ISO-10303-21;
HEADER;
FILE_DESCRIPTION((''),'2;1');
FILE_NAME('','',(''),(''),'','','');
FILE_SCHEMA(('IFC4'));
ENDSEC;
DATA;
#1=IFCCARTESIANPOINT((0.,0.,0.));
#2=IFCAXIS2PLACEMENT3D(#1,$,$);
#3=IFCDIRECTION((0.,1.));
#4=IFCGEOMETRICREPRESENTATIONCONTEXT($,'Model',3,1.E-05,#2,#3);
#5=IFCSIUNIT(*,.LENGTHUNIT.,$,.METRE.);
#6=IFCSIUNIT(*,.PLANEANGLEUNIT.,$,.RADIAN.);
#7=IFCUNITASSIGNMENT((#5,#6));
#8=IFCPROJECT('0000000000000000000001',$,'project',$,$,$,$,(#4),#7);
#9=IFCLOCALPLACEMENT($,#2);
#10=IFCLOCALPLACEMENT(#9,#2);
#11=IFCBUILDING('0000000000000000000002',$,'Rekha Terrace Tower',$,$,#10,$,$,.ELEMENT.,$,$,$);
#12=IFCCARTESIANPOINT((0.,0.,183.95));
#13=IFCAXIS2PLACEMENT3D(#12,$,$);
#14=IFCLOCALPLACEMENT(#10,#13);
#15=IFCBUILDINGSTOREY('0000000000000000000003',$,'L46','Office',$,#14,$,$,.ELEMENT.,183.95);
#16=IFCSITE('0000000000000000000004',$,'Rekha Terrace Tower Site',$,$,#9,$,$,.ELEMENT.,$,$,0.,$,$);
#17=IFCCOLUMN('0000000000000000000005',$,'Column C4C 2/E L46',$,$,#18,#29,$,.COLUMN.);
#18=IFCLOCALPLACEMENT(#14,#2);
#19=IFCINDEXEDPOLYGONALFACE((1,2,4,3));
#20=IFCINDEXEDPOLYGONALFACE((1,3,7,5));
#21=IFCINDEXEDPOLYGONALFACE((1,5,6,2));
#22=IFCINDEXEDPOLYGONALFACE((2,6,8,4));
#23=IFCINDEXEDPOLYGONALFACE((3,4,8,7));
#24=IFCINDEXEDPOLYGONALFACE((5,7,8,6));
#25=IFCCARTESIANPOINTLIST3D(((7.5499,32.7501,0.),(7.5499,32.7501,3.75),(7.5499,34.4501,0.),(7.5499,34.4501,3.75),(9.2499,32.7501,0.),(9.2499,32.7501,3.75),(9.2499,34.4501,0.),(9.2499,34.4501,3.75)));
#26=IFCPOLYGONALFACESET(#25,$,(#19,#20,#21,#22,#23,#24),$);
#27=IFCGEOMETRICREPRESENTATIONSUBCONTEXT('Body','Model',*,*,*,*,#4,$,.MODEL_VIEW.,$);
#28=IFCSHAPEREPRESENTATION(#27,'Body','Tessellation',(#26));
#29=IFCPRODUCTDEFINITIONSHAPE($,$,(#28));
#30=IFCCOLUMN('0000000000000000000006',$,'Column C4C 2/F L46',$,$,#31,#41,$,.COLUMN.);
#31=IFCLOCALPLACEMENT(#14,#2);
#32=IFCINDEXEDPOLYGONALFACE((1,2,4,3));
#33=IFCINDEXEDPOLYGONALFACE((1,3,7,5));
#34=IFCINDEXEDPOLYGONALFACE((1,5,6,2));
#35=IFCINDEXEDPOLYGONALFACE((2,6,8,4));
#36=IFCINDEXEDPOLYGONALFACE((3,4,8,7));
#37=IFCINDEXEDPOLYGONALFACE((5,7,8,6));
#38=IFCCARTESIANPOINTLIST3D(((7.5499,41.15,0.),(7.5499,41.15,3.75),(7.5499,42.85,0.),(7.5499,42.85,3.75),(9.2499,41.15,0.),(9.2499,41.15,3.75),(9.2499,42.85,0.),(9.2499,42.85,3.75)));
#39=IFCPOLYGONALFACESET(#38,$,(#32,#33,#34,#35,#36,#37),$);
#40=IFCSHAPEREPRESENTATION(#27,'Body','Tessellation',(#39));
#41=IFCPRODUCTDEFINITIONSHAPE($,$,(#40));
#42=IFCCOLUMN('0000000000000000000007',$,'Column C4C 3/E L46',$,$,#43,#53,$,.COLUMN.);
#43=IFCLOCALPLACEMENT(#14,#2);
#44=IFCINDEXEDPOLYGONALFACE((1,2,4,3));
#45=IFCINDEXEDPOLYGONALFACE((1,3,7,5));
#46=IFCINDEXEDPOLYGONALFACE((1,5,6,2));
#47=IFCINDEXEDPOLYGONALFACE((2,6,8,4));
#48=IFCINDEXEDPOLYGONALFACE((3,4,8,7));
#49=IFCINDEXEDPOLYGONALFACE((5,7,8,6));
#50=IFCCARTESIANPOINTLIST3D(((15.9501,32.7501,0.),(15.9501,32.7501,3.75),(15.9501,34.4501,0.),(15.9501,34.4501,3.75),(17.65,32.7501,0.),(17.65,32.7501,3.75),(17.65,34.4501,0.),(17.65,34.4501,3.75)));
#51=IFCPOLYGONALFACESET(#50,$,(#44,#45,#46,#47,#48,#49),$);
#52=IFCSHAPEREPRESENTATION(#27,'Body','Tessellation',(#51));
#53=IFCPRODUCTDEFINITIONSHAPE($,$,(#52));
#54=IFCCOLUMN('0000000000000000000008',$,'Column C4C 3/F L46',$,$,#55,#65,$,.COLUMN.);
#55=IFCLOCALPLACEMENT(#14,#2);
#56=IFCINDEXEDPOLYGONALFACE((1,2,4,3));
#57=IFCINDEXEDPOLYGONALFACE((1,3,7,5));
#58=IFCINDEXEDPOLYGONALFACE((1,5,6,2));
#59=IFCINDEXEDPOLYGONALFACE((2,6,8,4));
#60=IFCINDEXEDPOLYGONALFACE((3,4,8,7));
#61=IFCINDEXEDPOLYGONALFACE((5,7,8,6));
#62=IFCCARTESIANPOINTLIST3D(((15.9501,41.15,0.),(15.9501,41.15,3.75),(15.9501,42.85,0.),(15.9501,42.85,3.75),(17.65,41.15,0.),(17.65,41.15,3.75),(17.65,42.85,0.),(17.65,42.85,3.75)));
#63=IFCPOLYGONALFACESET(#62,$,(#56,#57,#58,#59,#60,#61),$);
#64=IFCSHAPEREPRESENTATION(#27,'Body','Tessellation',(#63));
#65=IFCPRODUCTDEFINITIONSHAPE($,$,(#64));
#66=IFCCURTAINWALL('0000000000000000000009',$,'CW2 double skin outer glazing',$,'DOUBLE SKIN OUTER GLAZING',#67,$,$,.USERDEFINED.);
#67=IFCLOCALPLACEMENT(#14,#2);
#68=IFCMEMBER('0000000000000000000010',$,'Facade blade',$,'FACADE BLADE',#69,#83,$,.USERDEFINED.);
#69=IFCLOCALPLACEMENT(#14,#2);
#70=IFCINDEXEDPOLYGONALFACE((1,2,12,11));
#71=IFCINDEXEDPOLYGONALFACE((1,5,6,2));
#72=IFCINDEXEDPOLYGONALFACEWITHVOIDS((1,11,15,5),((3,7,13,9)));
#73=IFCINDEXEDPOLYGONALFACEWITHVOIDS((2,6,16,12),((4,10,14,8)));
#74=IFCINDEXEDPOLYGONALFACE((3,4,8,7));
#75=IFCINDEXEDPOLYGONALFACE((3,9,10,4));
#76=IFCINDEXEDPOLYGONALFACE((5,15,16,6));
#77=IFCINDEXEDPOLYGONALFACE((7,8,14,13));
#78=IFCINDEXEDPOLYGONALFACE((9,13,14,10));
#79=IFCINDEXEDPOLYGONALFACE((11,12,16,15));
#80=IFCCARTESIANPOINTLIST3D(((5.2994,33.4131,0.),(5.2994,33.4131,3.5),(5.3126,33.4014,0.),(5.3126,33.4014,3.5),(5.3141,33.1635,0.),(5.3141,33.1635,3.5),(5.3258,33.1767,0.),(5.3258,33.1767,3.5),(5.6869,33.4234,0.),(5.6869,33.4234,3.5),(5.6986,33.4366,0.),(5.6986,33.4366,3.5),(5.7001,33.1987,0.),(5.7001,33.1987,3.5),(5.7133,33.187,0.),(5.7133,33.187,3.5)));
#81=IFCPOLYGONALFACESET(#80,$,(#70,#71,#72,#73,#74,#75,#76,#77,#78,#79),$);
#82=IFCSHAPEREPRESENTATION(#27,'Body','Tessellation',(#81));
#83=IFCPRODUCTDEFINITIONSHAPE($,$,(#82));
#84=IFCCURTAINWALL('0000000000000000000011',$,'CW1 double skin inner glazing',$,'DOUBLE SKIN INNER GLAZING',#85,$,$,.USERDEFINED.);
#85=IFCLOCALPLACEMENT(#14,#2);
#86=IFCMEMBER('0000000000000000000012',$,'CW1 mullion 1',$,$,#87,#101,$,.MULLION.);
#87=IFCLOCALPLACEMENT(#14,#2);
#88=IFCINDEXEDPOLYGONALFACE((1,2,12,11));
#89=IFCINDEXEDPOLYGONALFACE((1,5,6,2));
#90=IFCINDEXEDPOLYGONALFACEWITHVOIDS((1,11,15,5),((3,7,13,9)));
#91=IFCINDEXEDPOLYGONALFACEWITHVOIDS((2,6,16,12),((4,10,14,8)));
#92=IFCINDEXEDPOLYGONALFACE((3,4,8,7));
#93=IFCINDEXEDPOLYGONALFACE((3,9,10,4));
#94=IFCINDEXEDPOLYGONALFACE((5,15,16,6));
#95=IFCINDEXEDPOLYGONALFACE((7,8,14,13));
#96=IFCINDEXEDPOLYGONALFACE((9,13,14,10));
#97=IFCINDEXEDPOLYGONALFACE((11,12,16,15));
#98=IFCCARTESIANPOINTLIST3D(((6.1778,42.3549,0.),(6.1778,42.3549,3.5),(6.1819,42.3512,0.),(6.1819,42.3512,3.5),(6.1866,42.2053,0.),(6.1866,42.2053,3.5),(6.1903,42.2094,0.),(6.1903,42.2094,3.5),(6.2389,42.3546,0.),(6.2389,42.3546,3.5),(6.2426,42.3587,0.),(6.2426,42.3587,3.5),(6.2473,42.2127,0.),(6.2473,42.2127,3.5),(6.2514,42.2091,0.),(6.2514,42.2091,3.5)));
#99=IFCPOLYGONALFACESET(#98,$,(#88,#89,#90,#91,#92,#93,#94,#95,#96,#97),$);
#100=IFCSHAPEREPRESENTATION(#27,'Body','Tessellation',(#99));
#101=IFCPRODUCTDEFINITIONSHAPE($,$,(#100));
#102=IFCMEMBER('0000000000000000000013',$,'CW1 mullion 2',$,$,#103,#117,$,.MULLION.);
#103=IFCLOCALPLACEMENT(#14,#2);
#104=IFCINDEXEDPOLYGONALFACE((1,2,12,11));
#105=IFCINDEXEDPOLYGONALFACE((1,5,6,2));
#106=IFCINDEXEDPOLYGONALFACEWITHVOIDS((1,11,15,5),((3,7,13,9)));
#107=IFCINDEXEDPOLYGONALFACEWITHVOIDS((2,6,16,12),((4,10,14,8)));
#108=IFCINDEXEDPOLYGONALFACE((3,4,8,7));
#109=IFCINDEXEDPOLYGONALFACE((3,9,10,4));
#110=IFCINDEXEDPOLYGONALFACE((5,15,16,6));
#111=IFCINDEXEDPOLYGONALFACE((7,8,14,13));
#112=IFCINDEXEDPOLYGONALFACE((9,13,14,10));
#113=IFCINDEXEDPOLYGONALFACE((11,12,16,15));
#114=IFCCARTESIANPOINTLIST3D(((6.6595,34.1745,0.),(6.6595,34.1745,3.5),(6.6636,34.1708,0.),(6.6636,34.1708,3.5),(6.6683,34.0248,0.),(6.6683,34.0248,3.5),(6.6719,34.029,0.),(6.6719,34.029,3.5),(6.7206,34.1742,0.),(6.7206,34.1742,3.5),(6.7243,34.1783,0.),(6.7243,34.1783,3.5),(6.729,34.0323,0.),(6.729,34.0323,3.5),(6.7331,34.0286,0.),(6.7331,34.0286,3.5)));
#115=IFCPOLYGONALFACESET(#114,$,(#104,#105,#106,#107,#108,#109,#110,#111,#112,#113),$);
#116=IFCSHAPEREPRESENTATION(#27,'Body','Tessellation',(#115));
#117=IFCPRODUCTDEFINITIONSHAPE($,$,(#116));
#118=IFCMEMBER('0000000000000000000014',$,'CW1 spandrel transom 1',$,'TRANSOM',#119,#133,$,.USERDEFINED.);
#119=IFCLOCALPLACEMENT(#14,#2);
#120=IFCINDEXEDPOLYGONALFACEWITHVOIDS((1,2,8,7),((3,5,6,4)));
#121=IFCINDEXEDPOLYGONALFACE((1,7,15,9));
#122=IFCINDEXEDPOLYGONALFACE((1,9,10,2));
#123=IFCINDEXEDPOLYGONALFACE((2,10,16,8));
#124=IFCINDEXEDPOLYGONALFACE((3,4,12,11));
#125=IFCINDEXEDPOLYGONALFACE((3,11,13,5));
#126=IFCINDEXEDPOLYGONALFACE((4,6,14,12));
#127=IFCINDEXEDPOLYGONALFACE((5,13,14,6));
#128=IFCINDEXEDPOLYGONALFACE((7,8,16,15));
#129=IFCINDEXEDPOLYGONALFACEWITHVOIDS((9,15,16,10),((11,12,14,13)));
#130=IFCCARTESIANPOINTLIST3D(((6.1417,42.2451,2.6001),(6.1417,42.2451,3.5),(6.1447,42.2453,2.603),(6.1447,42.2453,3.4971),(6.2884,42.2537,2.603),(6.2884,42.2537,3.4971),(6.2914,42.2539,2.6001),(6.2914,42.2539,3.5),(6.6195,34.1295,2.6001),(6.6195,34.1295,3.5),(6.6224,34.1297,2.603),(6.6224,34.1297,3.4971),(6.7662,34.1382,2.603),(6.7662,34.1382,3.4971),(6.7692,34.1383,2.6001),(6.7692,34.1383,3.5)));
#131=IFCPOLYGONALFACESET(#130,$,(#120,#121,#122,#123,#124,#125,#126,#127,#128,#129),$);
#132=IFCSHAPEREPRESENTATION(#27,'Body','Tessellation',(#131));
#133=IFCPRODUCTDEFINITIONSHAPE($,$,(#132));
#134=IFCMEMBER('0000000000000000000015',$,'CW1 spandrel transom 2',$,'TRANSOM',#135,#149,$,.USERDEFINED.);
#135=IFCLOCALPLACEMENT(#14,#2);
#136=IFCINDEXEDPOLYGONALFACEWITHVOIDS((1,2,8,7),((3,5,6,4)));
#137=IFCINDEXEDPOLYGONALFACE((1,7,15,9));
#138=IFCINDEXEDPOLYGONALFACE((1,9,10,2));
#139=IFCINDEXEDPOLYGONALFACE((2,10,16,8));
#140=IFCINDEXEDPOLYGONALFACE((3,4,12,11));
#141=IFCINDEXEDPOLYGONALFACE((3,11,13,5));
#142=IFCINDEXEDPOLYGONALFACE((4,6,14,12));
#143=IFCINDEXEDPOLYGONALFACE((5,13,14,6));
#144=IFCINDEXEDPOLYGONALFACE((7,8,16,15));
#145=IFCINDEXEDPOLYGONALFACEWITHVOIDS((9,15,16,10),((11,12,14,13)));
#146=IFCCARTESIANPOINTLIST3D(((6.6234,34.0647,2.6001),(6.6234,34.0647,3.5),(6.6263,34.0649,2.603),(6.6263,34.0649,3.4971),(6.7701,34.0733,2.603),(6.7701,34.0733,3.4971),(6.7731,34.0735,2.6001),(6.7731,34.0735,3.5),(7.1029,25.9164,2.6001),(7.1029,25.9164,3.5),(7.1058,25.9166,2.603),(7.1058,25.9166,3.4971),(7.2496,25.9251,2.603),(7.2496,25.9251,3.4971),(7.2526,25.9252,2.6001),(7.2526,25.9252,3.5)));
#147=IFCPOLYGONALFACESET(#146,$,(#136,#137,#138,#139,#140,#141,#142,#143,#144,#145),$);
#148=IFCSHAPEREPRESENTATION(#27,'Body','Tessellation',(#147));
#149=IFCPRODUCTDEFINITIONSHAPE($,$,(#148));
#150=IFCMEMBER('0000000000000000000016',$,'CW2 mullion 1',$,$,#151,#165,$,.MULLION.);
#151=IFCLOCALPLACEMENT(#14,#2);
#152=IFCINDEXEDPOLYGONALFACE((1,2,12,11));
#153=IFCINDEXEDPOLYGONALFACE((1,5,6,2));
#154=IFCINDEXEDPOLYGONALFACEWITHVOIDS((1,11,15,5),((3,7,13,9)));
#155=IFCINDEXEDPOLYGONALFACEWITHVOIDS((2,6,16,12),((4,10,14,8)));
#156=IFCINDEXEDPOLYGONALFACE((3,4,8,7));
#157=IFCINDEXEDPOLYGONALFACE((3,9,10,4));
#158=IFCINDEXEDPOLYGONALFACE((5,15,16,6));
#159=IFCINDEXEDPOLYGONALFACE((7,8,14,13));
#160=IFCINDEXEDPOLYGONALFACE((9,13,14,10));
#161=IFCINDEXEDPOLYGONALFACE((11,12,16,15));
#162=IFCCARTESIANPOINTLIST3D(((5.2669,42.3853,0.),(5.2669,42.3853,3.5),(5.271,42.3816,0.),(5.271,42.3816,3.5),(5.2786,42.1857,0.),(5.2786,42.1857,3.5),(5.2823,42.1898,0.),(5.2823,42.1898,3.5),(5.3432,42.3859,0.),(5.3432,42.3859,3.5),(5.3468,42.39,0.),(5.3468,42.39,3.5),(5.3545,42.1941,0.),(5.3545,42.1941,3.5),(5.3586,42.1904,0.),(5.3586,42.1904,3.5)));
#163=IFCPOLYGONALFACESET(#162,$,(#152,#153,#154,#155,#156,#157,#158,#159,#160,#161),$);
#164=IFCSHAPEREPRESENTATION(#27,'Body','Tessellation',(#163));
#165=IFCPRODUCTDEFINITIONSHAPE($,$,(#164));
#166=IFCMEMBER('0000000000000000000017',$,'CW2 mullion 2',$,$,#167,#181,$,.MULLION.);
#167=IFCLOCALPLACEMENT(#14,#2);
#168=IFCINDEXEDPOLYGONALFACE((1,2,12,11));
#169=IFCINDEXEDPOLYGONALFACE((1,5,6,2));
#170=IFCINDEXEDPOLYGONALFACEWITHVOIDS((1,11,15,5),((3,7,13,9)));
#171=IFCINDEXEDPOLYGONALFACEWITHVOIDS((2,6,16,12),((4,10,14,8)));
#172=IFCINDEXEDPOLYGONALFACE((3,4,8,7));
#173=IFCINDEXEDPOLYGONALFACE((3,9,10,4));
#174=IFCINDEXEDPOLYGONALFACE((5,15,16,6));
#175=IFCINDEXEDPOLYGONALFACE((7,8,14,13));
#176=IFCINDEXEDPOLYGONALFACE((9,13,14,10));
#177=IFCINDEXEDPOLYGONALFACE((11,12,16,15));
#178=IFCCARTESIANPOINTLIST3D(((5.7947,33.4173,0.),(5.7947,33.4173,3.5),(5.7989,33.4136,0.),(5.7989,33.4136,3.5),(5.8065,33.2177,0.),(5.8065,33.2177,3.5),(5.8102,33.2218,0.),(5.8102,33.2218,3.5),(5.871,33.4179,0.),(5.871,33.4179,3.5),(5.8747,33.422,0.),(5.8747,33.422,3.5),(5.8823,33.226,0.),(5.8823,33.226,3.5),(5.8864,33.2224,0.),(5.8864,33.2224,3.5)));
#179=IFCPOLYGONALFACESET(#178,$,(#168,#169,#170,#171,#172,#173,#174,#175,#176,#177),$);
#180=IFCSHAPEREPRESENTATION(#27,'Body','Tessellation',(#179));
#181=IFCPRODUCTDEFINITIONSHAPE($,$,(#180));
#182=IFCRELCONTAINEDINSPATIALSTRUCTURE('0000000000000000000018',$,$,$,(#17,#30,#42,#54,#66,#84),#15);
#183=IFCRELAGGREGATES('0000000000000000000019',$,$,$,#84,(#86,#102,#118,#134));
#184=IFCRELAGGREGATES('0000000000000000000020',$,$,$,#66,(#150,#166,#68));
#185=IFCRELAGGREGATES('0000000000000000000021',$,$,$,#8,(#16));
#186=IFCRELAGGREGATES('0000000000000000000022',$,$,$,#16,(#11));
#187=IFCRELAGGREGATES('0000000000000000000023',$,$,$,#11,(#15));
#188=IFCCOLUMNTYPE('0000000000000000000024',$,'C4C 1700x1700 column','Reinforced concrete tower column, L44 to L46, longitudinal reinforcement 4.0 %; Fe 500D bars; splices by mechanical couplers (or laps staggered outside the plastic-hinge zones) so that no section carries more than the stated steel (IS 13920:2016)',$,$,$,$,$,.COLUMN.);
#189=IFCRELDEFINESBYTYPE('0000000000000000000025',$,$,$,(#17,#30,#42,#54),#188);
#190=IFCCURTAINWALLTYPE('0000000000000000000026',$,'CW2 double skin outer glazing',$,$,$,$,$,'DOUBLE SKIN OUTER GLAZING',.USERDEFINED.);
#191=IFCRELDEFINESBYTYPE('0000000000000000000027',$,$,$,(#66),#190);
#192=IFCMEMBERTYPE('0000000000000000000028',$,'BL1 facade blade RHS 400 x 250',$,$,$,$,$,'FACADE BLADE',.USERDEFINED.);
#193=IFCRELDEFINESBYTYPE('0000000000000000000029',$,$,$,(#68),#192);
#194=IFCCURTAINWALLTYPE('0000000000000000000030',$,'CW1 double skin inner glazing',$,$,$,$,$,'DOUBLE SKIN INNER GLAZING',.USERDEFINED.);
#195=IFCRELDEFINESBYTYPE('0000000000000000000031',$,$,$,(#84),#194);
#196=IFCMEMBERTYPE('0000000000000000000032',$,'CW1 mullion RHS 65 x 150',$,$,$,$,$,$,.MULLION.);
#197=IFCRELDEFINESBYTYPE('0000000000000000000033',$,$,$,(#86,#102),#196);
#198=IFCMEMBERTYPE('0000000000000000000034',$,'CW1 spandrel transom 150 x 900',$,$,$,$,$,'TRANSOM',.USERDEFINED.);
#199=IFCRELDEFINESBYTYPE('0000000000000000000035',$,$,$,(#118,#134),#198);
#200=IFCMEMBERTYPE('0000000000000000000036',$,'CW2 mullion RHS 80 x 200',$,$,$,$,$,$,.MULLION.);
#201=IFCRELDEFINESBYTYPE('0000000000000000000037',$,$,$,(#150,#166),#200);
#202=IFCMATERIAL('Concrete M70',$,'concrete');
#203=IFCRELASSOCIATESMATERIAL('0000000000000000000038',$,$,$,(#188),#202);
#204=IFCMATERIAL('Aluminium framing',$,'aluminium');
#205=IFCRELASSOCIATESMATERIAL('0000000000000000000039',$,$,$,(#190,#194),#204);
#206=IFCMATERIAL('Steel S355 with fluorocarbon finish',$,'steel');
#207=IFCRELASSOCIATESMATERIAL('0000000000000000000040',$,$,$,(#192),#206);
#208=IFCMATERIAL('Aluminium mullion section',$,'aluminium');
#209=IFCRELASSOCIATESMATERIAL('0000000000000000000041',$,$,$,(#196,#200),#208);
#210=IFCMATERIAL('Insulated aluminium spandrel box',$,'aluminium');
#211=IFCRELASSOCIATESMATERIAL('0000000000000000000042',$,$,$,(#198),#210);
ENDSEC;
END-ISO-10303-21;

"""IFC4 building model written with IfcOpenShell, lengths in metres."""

from ifc_helpers import new_model, si_unit, direction, frame, origin, origin_2d, place, context, subcontext, project, spatial, rectangle, hollow_rectangle, extrude, material, material_profile, profile_set, type_object, element, aggregate, save


model = new_model("IFC4")

# Units and contexts
model_context = context("Model", 3, precision=1e-05, world=origin(), true_north=direction((0.0, 1.0)))
body_context = subcontext(model_context, "Body", "Model", "MODEL_VIEW")
ifc_project = project(units=[si_unit("LENGTHUNIT", "METRE"), si_unit("PLANEANGLEUNIT", "RADIAN")], contexts=[model_context])

# Site, building, storey
site_placement = place(None, origin())
site = spatial("IfcSite", under=ifc_project, at=site_placement, Name="Rekha Terrace Tower Site", CompositionType="ELEMENT", RefElevation=0.0)
building_placement = place(site_placement, origin())
building = spatial("IfcBuilding", under=site, at=building_placement, Name="Rekha Terrace Tower", CompositionType="ELEMENT")
storey_placement = place(building_placement, frame((0.0, 0.0, 183.95)))
storey = spatial("IfcBuildingStorey", under=building, at=storey_placement, Name="L46", Description="Office", CompositionType="ELEMENT", Elevation=183.95)

# Columns
ifc_material_1 = material(Name="Concrete M70", Category="concrete")
ifc_material_profile_1 = material_profile(ifc_material_1, rectangle(XDim=1.7, YDim=1.7, at=origin_2d()), Name="RC 1700x1700")
ifc_profile_set_1 = profile_set([ifc_material_profile_1], Name="Concrete M70")
column_type = type_object("IfcColumnType", Name="C4C 1700x1700 column", Description="Reinforced concrete tower column, L44 to L46, longitudinal reinforcement 4.0 %; Fe 500D bars; splices by mechanical couplers (or laps staggered outside the plastic-hinge zones) so that no section carries more than the stated steel (IS 13920:2016)", PredefinedType="COLUMN", material=ifc_profile_set_1)
for number, where, z_axis, x_axis, name in (
    (1, (8.3999, 33.6001, 0.0), (0.0, 0.0, 1.0), (1.0, 0.0, 0.0), "Column C4C 2/E L46"),
    (2, (8.3999, 42.0, 0.0), (0.0, 0.0, 1.0), (1.0, 0.0, 0.0), "Column C4C 2/F L46"),
    (3, (16.8, 33.6001, 0.0), (0.0, 0.0, 1.0), (1.0, 0.0, 0.0), "Column C4C 3/E L46"),
    (4, (16.8, 42.0, 0.0), (0.0, 0.0, 1.0), (1.0, 0.0, 0.0), "Column C4C 3/F L46"),
):
    element("IfcColumn", number, at=place(storey_placement, frame(where, z_axis=z_axis, x_axis=x_axis)), inside=storey, type_object=column_type, Name=name, PredefinedType="COLUMN", context=body_context, shape_type="SweptSolid", body=[
        extrude(rectangle(XDim=1.7, YDim=1.7, at=origin_2d()), origin(), (0.0, 0.0, 1.0), 3.75),
    ])

# Curtain wall, member
ifc_material_2 = material(Name="Aluminium framing", Category="aluminium")
curtain_wall_type_1 = type_object("IfcCurtainWallType", Name="CW2 double skin outer glazing", ElementType="DOUBLE SKIN OUTER GLAZING", PredefinedType="USERDEFINED", material=ifc_material_2)
curtain_wall_1_placement = place(storey_placement, origin())
curtain_wall_1 = element("IfcCurtainWall", 5, at=curtain_wall_1_placement, inside=storey, type_object=curtain_wall_type_1, Name="CW2 double skin outer glazing", ObjectType="DOUBLE SKIN OUTER GLAZING", PredefinedType="USERDEFINED")
ifc_material_3 = material(Name="Steel S355 with fluorocarbon finish", Category="steel")
ifc_material_profile_2 = material_profile(ifc_material_3, hollow_rectangle(XDim=0.25, YDim=0.3999, WallThickness=0.0125, at=origin_2d()), Name="RHS400x250x12.5")
ifc_profile_set_2 = profile_set([ifc_material_profile_2], Name="Steel S355 with fluorocarbon finish")
member_type_1 = type_object("IfcMemberType", Name="BL1 facade blade RHS 400 x 250", ElementType="FACADE BLADE", PredefinedType="USERDEFINED", material=ifc_profile_set_2)
member_1_placement = place(storey_placement, frame((5.5063, 33.3, 0.0), z_axis=(0.0, 0.0, 1.0), x_axis=(0.058765, -0.998272, 0.0)))
member_1 = element("IfcMember", 6, at=member_1_placement, type_object=member_type_1, Name="Facade blade", ObjectType="FACADE BLADE", PredefinedType="USERDEFINED", context=body_context, shape_type="SweptSolid", body=[
    extrude(hollow_rectangle(XDim=0.25, YDim=0.3999, WallThickness=0.0125, at=origin_2d()), origin(), (0.0, 0.0, 1.0), 3.5),
])

# Curtain wall, members
curtain_wall_type_2 = type_object("IfcCurtainWallType", Name="CW1 double skin inner glazing", ElementType="DOUBLE SKIN INNER GLAZING", PredefinedType="USERDEFINED", material=ifc_material_2)
curtain_wall_2_placement = place(storey_placement, origin())
curtain_wall_2 = element("IfcCurtainWall", 7, at=curtain_wall_2_placement, inside=storey, type_object=curtain_wall_type_2, Name="CW1 double skin inner glazing", ObjectType="DOUBLE SKIN INNER GLAZING", PredefinedType="USERDEFINED")
ifc_material_4 = material(Name="Aluminium mullion section", Category="aluminium")
ifc_material_profile_3 = material_profile(ifc_material_4, hollow_rectangle(XDim=0.0649, YDim=0.1499, WallThickness=0.0039, at=origin_2d()), Name="AL RHS 65x150")
ifc_profile_set_3 = profile_set([ifc_material_profile_3], Name="Aluminium mullion section")
member_type_2 = type_object("IfcMemberType", Name="CW1 mullion RHS 65 x 150", PredefinedType="MULLION", material=ifc_profile_set_3)
member_2_placement = place(storey_placement, frame((6.2146, 42.282, 0.0), z_axis=(0.0, 0.0, 1.0), x_axis=(0.998272, 0.058765, 0.0)))
member_2 = element("IfcMember", 8, at=member_2_placement, type_object=member_type_2, Name="CW1 mullion 1", PredefinedType="MULLION", context=body_context, shape_type="SweptSolid", body=[
    extrude(hollow_rectangle(XDim=0.0649, YDim=0.1499, WallThickness=0.0039, at=origin_2d()), origin(), (0.0, 0.0, 1.0), 3.5),
])
member_3_placement = place(storey_placement, frame((6.6963, 34.1016, 0.0), z_axis=(0.0, 0.0, 1.0), x_axis=(0.998272, 0.058765, 0.0)))
member_3 = element("IfcMember", 9, at=member_3_placement, type_object=member_type_2, Name="CW1 mullion 2", PredefinedType="MULLION", context=body_context, shape_type="SweptSolid", body=[
    extrude(hollow_rectangle(XDim=0.0649, YDim=0.1499, WallThickness=0.0039, at=origin_2d()), origin(), (0.0, 0.0, 1.0), 3.5),
])
ifc_material_5 = material(Name="Insulated aluminium spandrel box", Category="aluminium")
ifc_material_profile_4 = material_profile(ifc_material_5, hollow_rectangle(XDim=0.1499, YDim=0.8999, WallThickness=0.0029, at=origin_2d()), Name="AL SPANDREL BOX 150x900")
ifc_profile_set_4 = profile_set([ifc_material_profile_4], Name="Insulated aluminium spandrel box")
member_type_3 = type_object("IfcMemberType", Name="CW1 spandrel transom 150 x 900", ElementType="TRANSOM", PredefinedType="USERDEFINED", material=ifc_profile_set_4)
member_4_placement = place(storey_placement, frame((6.2166, 42.2495, 3.05), z_axis=(0.058771, -0.998271, 0.0), x_axis=(0.998271, 0.058771, 0.0)))
member_4 = element("IfcMember", 10, at=member_4_placement, type_object=member_type_3, Name="CW1 spandrel transom 1", ObjectType="TRANSOM", PredefinedType="USERDEFINED", context=body_context, shape_type="SweptSolid", body=[
    extrude(hollow_rectangle(XDim=0.1499, YDim=0.8999, WallThickness=0.0029, at=origin_2d()), origin(), (0.0, 0.0, 1.0), 8.1296),
])
member_5_placement = place(storey_placement, frame((6.6982, 34.0691, 3.05), z_axis=(0.058745, -0.998273, 0.0), x_axis=(0.998273, 0.058745, 0.0)))
member_5 = element("IfcMember", 11, at=member_5_placement, type_object=member_type_3, Name="CW1 spandrel transom 2", ObjectType="TRANSOM", PredefinedType="USERDEFINED", context=body_context, shape_type="SweptSolid", body=[
    extrude(hollow_rectangle(XDim=0.1499, YDim=0.8999, WallThickness=0.0029, at=origin_2d()), origin(), (0.0, 0.0, 1.0), 8.1624),
])

# Members
ifc_material_profile_5 = material_profile(ifc_material_4, hollow_rectangle(XDim=0.0801, YDim=0.2, WallThickness=0.0039, at=origin_2d()), Name="AL RHS 80x200")
ifc_profile_set_5 = profile_set([ifc_material_profile_5], Name="Aluminium mullion section")
member_type_4 = type_object("IfcMemberType", Name="CW2 mullion RHS 80 x 200", PredefinedType="MULLION", material=ifc_profile_set_5)
member_6_placement = place(storey_placement, frame((5.3127, 42.2878, 0.0), z_axis=(0.0, 0.0, 1.0), x_axis=(0.998272, 0.058765, 0.0)))
member_6 = element("IfcMember", 12, at=member_6_placement, type_object=member_type_4, Name="CW2 mullion 1", PredefinedType="MULLION", context=body_context, shape_type="SweptSolid", body=[
    extrude(hollow_rectangle(XDim=0.0801, YDim=0.2, WallThickness=0.0039, at=origin_2d()), origin(), (0.0, 0.0, 1.0), 3.5),
])
member_7_placement = place(storey_placement, frame((5.8406, 33.3198, 0.0), z_axis=(0.0, 0.0, 1.0), x_axis=(0.998272, 0.058765, 0.0)))
member_7 = element("IfcMember", 13, at=member_7_placement, type_object=member_type_4, Name="CW2 mullion 2", PredefinedType="MULLION", context=body_context, shape_type="SweptSolid", body=[
    extrude(hollow_rectangle(XDim=0.0801, YDim=0.2, WallThickness=0.0039, at=origin_2d()), origin(), (0.0, 0.0, 1.0), 3.5),
])

aggregate(curtain_wall_2, [member_2, member_3, member_4, member_5])
aggregate(curtain_wall_1, [member_6, member_7, member_1])

save(model, "model.ifc")
